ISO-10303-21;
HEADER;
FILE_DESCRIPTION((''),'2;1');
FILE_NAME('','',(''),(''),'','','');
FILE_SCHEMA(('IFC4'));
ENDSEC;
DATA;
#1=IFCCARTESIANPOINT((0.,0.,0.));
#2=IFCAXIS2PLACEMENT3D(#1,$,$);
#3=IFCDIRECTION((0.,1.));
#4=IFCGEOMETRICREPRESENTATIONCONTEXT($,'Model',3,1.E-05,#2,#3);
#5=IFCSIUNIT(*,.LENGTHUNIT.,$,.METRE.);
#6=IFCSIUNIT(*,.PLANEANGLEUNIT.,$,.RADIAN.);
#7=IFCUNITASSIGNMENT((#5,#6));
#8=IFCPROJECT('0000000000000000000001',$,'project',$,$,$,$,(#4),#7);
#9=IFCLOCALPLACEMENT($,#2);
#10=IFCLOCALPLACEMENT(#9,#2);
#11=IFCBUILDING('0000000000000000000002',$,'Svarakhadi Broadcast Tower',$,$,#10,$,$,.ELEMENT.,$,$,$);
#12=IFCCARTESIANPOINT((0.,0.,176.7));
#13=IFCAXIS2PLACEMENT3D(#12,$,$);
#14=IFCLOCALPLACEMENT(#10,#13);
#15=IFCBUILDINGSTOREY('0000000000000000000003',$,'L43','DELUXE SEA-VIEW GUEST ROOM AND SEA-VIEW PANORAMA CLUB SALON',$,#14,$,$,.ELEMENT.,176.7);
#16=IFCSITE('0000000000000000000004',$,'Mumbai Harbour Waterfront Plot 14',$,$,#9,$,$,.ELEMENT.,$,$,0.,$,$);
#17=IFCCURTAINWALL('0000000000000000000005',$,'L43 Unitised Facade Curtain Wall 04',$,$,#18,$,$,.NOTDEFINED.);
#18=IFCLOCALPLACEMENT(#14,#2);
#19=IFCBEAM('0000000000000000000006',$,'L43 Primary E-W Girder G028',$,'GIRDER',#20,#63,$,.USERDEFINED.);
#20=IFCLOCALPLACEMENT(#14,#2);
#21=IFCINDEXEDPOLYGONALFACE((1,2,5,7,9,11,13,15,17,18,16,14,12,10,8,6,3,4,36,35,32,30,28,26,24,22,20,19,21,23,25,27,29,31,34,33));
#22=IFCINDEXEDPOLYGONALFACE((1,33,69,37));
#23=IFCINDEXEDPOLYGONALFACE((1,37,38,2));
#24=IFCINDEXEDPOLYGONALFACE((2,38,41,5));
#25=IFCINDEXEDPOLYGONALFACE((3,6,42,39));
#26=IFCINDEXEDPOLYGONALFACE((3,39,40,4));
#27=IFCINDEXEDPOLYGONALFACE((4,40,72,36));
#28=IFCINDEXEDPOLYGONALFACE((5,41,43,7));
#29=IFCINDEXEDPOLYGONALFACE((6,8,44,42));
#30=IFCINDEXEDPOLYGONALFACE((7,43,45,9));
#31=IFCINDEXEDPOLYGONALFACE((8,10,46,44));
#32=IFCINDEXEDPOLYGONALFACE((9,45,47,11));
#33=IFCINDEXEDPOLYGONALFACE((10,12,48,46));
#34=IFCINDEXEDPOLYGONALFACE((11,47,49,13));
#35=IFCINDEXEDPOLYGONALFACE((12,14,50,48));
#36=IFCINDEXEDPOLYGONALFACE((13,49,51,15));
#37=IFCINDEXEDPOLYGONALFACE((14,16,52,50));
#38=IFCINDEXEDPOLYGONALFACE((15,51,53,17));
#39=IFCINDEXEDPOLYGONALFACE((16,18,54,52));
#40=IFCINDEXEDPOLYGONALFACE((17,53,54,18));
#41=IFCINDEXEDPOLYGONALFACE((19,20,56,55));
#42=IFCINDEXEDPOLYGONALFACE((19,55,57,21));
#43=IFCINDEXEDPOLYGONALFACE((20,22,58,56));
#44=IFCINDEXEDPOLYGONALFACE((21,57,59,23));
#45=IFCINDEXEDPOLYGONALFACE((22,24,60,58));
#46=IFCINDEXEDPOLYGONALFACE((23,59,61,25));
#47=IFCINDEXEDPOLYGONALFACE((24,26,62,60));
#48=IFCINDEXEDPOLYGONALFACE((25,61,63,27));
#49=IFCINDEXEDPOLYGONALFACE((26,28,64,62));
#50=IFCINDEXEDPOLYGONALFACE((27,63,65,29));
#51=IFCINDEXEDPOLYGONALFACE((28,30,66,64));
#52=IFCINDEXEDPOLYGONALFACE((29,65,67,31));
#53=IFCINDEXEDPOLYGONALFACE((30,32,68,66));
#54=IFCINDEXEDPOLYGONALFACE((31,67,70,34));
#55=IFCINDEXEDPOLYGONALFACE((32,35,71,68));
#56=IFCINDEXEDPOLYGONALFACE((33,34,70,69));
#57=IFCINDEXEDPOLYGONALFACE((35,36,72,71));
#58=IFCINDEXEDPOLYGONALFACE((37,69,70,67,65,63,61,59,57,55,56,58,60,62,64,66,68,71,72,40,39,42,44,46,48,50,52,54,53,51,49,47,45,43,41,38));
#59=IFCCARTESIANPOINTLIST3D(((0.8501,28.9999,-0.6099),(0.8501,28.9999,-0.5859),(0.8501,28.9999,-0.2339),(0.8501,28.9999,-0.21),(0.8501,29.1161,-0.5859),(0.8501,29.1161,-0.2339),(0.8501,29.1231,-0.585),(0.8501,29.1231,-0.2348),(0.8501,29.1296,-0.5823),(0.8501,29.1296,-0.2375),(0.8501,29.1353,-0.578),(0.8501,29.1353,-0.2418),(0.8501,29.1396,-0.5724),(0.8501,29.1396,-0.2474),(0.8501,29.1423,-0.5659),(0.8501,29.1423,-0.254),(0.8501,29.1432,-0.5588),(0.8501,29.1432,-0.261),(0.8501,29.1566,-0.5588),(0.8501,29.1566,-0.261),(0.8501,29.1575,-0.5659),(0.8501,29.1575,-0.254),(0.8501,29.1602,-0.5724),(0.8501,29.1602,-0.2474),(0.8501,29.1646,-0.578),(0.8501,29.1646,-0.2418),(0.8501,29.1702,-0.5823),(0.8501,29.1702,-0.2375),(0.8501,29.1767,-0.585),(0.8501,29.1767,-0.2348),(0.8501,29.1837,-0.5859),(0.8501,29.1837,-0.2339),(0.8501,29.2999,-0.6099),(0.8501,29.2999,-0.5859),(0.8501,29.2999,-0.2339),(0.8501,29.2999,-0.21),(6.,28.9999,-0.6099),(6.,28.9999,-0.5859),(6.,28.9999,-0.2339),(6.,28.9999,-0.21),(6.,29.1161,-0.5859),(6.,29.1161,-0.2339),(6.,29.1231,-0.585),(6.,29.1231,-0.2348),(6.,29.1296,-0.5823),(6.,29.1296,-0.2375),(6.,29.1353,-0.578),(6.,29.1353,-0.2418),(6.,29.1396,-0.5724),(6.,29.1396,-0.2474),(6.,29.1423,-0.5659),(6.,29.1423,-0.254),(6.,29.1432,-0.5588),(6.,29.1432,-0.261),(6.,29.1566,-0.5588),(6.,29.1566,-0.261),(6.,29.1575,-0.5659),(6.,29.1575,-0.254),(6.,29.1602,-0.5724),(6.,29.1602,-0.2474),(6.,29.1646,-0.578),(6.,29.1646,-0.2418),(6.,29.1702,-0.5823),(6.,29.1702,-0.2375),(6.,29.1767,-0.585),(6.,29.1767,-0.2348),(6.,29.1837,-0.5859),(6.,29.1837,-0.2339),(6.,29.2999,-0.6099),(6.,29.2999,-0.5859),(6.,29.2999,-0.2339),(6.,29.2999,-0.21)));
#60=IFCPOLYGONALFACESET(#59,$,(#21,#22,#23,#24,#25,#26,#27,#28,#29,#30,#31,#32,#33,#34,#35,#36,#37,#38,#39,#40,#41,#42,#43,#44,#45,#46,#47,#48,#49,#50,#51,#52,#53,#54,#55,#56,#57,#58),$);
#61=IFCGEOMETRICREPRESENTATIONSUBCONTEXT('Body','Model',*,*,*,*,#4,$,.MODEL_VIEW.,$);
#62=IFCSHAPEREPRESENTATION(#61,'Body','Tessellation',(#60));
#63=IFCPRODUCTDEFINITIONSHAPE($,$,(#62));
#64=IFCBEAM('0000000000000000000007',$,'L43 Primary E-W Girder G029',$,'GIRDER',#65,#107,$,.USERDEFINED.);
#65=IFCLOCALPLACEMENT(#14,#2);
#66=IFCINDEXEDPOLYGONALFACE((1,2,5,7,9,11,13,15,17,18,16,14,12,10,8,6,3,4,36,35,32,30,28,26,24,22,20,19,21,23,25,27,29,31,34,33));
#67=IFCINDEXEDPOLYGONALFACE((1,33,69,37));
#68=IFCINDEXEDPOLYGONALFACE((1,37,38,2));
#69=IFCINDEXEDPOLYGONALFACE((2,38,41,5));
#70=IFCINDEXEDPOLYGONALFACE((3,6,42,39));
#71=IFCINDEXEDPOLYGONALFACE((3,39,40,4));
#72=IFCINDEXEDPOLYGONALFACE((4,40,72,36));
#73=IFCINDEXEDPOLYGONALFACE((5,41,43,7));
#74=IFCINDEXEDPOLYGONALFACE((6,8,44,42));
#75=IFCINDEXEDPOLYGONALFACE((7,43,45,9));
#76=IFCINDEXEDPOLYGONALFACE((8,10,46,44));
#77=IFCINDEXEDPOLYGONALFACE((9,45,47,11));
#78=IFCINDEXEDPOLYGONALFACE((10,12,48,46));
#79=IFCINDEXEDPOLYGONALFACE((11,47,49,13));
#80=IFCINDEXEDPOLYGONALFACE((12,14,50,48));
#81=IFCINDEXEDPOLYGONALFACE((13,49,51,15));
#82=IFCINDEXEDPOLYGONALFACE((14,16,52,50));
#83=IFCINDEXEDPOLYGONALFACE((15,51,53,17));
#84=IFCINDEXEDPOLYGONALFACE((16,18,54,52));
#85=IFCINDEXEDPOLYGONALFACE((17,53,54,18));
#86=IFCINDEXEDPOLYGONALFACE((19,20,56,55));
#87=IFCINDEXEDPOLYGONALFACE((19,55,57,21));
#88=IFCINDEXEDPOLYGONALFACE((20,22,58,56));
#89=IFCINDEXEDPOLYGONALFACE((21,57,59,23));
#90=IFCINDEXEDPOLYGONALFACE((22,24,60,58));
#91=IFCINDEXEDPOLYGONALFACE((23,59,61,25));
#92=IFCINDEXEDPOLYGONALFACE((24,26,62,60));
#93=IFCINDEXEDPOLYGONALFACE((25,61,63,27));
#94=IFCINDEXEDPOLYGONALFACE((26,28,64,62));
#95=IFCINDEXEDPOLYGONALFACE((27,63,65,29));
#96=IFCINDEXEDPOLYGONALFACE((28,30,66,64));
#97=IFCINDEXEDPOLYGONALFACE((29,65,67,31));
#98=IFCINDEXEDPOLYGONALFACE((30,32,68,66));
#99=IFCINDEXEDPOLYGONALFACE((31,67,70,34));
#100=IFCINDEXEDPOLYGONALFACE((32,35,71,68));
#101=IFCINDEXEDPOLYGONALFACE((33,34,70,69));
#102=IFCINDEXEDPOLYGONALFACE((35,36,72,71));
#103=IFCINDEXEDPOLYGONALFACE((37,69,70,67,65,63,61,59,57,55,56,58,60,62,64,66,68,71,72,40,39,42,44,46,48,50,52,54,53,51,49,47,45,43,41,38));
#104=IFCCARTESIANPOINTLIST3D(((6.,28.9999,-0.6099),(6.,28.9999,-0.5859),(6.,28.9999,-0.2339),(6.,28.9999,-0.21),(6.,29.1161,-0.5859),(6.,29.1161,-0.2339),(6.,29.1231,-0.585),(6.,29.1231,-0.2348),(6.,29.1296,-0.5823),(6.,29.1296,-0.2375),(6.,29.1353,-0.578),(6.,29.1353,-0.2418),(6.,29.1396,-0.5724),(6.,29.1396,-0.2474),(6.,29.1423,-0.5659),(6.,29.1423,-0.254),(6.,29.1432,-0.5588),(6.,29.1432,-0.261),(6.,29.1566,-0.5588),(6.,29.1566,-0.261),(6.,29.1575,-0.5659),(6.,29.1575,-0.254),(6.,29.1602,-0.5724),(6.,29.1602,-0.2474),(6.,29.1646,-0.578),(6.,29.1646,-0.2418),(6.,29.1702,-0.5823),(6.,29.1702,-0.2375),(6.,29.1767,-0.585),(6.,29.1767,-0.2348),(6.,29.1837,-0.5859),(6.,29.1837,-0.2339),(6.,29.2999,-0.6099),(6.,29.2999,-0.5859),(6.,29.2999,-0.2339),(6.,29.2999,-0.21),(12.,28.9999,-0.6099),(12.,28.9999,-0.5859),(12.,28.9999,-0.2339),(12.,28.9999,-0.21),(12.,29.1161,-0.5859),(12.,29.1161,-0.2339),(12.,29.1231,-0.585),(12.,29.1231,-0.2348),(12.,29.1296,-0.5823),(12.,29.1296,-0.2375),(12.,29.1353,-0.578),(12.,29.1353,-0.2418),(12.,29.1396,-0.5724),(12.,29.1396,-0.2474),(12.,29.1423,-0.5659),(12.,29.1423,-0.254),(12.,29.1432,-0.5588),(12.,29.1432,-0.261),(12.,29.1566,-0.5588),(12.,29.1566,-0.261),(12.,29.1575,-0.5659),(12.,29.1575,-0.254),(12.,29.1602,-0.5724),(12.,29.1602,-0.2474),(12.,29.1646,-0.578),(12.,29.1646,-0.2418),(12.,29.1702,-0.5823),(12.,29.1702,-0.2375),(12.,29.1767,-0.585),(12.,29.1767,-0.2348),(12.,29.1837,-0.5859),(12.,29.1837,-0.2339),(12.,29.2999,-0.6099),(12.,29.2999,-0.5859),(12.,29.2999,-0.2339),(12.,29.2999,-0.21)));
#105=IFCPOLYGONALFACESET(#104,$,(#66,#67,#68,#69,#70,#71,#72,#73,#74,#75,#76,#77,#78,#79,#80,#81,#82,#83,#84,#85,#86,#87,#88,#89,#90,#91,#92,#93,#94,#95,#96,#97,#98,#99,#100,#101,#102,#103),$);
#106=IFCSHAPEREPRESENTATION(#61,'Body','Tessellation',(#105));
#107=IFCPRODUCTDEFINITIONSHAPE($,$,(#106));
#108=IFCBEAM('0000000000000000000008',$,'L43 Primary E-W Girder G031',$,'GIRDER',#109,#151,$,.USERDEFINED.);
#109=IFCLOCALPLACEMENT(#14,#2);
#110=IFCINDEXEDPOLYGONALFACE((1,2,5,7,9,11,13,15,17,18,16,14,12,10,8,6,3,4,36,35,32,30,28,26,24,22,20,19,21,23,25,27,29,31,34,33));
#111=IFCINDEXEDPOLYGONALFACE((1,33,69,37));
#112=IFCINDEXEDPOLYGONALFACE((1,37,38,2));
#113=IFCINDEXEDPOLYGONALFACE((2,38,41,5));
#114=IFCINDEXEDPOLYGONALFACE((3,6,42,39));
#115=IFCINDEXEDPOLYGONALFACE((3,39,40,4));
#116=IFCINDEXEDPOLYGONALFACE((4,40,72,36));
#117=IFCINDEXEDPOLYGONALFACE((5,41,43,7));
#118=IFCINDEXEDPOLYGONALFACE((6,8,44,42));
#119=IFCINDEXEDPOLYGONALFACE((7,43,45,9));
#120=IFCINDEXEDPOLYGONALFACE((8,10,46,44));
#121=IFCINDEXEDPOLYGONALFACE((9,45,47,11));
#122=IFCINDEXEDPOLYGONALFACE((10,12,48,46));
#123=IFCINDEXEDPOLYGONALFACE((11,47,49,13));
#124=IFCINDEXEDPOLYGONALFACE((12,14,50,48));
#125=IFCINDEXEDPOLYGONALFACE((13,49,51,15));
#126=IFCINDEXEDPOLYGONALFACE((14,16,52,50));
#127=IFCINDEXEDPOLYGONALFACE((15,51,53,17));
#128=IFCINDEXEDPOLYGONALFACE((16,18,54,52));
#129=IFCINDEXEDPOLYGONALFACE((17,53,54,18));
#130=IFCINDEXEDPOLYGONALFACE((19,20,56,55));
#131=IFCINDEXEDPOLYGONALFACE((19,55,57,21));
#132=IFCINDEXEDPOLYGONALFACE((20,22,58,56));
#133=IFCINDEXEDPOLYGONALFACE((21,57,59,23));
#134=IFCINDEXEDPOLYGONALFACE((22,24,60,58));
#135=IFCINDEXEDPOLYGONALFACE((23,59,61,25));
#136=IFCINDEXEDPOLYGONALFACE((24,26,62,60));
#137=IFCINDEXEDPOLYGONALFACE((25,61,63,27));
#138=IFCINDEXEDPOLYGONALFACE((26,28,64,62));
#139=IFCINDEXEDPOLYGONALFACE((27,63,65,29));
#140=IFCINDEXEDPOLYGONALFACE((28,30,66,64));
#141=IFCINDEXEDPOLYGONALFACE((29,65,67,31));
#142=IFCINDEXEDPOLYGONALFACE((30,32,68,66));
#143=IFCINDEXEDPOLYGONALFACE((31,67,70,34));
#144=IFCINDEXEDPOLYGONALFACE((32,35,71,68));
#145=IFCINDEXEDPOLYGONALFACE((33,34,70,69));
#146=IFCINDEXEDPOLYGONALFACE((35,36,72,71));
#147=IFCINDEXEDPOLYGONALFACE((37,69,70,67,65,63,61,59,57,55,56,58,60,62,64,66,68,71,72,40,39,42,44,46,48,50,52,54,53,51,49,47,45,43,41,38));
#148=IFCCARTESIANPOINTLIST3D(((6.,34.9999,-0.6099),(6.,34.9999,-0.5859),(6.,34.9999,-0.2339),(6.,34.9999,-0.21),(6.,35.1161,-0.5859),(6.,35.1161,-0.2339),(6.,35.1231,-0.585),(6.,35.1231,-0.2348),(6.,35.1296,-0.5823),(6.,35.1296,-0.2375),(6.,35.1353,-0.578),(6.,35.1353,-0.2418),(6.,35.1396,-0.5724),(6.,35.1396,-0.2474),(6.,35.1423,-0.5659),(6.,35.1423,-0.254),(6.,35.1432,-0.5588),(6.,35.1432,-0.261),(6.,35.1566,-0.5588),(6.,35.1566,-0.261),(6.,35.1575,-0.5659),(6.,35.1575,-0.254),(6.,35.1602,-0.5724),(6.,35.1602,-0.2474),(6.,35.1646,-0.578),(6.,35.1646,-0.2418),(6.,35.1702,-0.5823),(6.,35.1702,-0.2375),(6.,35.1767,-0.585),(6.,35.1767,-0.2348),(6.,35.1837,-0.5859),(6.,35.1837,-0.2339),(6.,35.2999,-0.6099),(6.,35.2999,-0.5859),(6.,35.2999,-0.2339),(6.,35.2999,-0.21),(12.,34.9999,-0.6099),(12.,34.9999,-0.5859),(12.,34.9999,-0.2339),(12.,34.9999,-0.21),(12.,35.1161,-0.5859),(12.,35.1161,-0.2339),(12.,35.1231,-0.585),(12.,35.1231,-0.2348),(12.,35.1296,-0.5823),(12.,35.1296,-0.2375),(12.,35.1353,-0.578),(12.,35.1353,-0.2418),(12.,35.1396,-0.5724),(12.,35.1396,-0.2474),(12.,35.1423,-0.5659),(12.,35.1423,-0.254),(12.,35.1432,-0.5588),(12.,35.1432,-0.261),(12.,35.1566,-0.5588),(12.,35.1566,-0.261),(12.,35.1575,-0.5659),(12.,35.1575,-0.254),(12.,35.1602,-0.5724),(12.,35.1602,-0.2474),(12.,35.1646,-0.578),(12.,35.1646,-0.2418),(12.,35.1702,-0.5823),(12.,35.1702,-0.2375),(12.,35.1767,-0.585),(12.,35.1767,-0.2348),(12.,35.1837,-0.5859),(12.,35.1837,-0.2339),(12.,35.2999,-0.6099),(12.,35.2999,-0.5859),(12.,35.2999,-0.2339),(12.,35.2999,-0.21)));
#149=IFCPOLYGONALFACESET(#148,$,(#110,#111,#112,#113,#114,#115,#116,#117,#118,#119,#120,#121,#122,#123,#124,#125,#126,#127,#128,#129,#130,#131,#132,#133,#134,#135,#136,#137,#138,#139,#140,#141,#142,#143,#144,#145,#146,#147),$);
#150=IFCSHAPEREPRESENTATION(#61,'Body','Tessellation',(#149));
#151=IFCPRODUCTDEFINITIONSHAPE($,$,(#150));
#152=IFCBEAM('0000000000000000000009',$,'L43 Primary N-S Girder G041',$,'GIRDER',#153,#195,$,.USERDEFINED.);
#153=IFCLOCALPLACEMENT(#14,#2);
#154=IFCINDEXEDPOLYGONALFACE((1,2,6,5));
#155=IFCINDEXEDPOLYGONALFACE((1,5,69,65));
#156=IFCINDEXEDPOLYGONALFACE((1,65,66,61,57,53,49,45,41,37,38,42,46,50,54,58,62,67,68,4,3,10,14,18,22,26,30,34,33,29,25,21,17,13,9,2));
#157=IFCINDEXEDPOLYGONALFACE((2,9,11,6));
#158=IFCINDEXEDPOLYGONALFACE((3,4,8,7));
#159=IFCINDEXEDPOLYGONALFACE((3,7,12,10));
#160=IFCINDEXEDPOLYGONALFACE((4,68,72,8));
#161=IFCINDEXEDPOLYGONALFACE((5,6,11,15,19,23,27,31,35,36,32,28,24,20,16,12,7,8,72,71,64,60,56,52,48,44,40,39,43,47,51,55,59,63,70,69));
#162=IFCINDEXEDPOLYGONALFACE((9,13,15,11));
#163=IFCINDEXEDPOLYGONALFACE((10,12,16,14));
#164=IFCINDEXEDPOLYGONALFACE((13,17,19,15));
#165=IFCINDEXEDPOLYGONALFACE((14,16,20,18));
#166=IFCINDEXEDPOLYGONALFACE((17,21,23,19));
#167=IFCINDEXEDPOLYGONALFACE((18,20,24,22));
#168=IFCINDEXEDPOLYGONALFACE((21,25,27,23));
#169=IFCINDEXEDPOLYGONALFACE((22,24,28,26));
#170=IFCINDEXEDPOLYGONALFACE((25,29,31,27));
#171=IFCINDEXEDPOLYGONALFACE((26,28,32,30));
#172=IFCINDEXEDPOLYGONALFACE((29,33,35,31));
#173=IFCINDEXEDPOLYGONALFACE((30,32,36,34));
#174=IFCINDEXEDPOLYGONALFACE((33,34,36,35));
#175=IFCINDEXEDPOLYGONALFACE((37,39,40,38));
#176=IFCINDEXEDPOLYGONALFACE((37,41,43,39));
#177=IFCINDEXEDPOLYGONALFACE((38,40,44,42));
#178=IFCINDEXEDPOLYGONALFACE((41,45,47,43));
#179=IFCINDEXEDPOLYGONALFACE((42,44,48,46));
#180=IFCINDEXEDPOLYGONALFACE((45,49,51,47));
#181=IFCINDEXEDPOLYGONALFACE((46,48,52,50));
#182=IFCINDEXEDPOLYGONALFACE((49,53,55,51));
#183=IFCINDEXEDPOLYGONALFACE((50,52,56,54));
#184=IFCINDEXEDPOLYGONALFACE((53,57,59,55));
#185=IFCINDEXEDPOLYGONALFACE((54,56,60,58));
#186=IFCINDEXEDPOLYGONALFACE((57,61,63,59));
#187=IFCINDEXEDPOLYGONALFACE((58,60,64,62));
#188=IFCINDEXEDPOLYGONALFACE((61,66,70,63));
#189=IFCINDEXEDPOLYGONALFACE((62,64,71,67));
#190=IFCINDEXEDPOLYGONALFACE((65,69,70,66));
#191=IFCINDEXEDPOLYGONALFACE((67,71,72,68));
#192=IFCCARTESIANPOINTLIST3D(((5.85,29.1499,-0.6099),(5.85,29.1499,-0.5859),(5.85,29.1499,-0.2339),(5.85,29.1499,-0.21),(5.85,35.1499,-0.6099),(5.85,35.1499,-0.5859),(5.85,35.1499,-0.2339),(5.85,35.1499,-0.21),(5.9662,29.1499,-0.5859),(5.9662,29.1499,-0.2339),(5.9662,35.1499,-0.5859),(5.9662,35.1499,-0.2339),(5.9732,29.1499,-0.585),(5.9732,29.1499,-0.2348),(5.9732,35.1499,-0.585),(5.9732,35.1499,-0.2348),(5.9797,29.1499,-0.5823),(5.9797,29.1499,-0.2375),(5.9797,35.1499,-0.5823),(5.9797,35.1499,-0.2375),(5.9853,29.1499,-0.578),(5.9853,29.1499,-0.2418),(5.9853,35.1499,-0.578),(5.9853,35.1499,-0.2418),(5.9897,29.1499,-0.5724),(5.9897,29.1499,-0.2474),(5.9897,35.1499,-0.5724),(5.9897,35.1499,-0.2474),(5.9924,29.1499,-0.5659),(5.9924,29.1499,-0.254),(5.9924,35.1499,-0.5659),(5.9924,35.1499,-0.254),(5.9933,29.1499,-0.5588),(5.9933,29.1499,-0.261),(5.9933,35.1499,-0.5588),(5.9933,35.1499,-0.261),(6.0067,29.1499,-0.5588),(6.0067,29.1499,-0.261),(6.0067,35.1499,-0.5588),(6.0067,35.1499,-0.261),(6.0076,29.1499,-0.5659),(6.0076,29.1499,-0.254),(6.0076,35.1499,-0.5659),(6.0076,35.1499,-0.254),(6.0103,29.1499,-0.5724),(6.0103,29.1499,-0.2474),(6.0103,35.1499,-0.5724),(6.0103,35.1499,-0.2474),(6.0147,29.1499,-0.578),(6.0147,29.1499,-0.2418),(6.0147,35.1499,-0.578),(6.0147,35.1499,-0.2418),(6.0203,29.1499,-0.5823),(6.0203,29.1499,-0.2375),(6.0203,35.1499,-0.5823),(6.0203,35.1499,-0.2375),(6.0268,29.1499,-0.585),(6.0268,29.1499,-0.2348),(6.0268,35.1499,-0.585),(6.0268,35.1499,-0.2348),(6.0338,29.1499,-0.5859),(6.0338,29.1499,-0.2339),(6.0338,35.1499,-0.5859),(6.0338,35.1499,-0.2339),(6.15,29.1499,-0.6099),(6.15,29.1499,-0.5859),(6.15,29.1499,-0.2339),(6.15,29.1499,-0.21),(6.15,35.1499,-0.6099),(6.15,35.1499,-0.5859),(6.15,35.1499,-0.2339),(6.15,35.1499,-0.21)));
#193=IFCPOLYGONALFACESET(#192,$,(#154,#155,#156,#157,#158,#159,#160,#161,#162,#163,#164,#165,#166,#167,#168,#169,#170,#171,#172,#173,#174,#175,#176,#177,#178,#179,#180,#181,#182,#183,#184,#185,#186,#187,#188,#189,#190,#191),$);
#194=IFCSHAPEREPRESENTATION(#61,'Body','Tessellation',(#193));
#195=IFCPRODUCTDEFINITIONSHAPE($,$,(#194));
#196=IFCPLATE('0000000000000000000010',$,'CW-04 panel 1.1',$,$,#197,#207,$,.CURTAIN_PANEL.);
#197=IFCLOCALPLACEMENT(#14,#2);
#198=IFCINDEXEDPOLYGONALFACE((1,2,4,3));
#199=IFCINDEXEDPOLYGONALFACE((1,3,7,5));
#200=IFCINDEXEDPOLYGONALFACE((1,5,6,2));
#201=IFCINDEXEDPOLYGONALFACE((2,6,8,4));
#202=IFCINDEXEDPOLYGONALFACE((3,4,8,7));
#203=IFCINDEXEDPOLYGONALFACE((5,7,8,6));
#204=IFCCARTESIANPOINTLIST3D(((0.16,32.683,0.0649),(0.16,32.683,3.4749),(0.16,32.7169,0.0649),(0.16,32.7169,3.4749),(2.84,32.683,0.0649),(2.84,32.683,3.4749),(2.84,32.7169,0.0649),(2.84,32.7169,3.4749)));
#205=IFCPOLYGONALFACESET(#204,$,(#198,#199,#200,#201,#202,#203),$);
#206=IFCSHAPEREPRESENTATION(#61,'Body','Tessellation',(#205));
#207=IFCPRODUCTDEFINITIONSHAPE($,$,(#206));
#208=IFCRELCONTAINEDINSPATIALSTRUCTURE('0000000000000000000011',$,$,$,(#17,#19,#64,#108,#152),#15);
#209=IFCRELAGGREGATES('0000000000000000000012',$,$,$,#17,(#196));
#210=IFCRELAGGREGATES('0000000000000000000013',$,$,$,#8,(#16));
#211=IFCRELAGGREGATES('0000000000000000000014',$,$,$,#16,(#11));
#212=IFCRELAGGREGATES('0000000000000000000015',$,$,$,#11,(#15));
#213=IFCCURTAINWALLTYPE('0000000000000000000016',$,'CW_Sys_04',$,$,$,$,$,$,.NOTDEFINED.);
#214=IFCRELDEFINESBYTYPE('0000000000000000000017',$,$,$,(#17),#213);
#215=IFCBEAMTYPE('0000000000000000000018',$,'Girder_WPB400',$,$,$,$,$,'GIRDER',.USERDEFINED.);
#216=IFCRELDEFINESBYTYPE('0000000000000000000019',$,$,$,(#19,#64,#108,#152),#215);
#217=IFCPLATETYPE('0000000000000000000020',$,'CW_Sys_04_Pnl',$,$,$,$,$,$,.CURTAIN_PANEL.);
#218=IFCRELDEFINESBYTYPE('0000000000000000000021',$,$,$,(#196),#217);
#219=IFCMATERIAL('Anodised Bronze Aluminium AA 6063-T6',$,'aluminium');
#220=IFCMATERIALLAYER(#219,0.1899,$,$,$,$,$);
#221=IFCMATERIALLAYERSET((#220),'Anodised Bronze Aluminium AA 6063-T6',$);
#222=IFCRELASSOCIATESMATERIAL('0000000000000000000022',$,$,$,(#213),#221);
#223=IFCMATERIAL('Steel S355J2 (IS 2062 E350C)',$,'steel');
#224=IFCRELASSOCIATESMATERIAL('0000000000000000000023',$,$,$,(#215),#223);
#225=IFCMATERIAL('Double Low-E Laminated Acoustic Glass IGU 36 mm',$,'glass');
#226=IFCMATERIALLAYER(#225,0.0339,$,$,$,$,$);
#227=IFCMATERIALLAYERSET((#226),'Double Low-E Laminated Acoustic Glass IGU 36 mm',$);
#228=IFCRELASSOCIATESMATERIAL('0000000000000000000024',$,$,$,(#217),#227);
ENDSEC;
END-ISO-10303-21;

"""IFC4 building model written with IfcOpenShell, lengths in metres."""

from ifc_helpers import new_model, si_unit, direction, frame, origin, origin_2d, place, context, subcontext, project, spatial, rectangle, i_section, extrude, material, layer, layer_set, material_profile, profile_set, type_object, element, aggregate, save


model = new_model("IFC4")

# Units and contexts
model_context = context("Model", 3, precision=1e-05, world=origin(), true_north=direction((0.0, 1.0)))
body_context = subcontext(model_context, "Body", "Model", "MODEL_VIEW")
ifc_project = project(units=[si_unit("LENGTHUNIT", "METRE"), si_unit("PLANEANGLEUNIT", "RADIAN")], contexts=[model_context])

# Site, building, storey
site_placement = place(None, origin())
site = spatial("IfcSite", under=ifc_project, at=site_placement, Name="Mumbai Harbour Waterfront Plot 14", CompositionType="ELEMENT", RefElevation=0.0)
building_placement = place(site_placement, origin())
building = spatial("IfcBuilding", under=site, at=building_placement, Name="Svarakhadi Broadcast Tower", CompositionType="ELEMENT")
storey_placement = place(building_placement, frame((0.0, 0.0, 176.7)))
storey = spatial("IfcBuildingStorey", under=building, at=storey_placement, Name="L43", Description="DELUXE SEA-VIEW GUEST ROOM AND SEA-VIEW PANORAMA CLUB SALON", CompositionType="ELEMENT", Elevation=176.7)

# Shared definitions
ifc_material_1 = material(Name="Steel S355J2 (IS 2062 E350C)", Category="steel")

# Shared definitions
ifc_material_2 = material(Name="Anodised Bronze Aluminium AA 6063-T6", Category="aluminium")
ifc_layer_1 = layer(ifc_material_2, 0.1899)
ifc_layer_set_1 = layer_set([ifc_layer_1], Name="Anodised Bronze Aluminium AA 6063-T6")
curtain_wall_type = type_object("IfcCurtainWallType", Name="CW_Sys_04", PredefinedType="NOTDEFINED", material=ifc_layer_set_1)

# Curtain wall
curtain_wall_1_placement = place(storey_placement, origin())
curtain_wall_1 = element("IfcCurtainWall", 1, at=curtain_wall_1_placement, inside=storey, type_object=curtain_wall_type, Name="L43 Unitised Facade Curtain Wall 04", PredefinedType="NOTDEFINED")

# Beams
ifc_material_profile_1 = material_profile(ifc_material_1, i_section(OverallWidth=0.3, OverallDepth=0.3999, WebThickness=0.0134, FlangeThickness=0.0239, FilletRadius=0.0271, at=origin_2d()), Name="WPB 400x300x155")
ifc_profile_set_1 = profile_set([ifc_material_profile_1], Name="Steel S355J2 (IS 2062 E350C)")
beam_type_1 = type_object("IfcBeamType", Name="Girder_WPB400", ElementType="GIRDER", PredefinedType="USERDEFINED", material=ifc_profile_set_1)
beam_1_placement = place(storey_placement, frame((0.8501, 29.1499, -0.4099), z_axis=(1.0, 0.0, 0.0), x_axis=(0.0, 1.0, 0.0)))
element("IfcBeam", 2, at=beam_1_placement, inside=storey, type_object=beam_type_1, Name="L43 Primary E-W Girder G028", ObjectType="GIRDER", PredefinedType="USERDEFINED", context=body_context, shape_type="SweptSolid", body=[
    extrude(i_section(OverallWidth=0.3, OverallDepth=0.3999, WebThickness=0.0134, FlangeThickness=0.0239, FilletRadius=0.0271, at=origin_2d()), origin(), (0.0, 0.0, 1.0), 5.1499),
])
for number, where, z_axis, x_axis, name in (
    (3, (6.0, 29.1499, -0.4099), (1.0, 0.0, 0.0), (0.0, 1.0, 0.0), "L43 Primary E-W Girder G029"),
    (4, (6.0, 35.1499, -0.4099), (1.0, 0.0, 0.0), (0.0, 1.0, 0.0), "L43 Primary E-W Girder G031"),
    (5, (6.0, 29.1499, -0.4099), (0.0, 1.0, 0.0), (-1.0, 0.0, 0.0), "L43 Primary N-S Girder G041"),
):
    element("IfcBeam", number, at=place(storey_placement, frame(where, z_axis=z_axis, x_axis=x_axis)), inside=storey, type_object=beam_type_1, Name=name, ObjectType="GIRDER", PredefinedType="USERDEFINED", context=body_context, shape_type="SweptSolid", body=[
        extrude(i_section(OverallWidth=0.3, OverallDepth=0.3999, WebThickness=0.0134, FlangeThickness=0.0239, FilletRadius=0.0271, at=origin_2d()), origin(), (0.0, 0.0, 1.0), 6.0),
    ])

# Plate
ifc_material_3 = material(Name="Double Low-E Laminated Acoustic Glass IGU 36 mm", Category="glass")
ifc_layer_2 = layer(ifc_material_3, 0.0339)
ifc_layer_set_2 = layer_set([ifc_layer_2], Name="Double Low-E Laminated Acoustic Glass IGU 36 mm")
plate_type = type_object("IfcPlateType", Name="CW_Sys_04_Pnl", PredefinedType="CURTAIN_PANEL", material=ifc_layer_set_2)
plate_1_placement = place(storey_placement, frame((1.5, 32.7, 0.0649), z_axis=(0.0, 0.0, 1.0), x_axis=(1.0, 0.0, 0.0)))
plate_1 = element("IfcPlate", 6, at=plate_1_placement, type_object=plate_type, Name="CW-04 panel 1.1", PredefinedType="CURTAIN_PANEL", context=body_context, shape_type="SweptSolid", body=[
    extrude(rectangle(XDim=2.6799, YDim=0.0339, at=origin_2d()), origin(), (0.0, 0.0, 1.0), 3.4099),
])
aggregate(curtain_wall_1, [plate_1])

save(model, "model.ifc")
